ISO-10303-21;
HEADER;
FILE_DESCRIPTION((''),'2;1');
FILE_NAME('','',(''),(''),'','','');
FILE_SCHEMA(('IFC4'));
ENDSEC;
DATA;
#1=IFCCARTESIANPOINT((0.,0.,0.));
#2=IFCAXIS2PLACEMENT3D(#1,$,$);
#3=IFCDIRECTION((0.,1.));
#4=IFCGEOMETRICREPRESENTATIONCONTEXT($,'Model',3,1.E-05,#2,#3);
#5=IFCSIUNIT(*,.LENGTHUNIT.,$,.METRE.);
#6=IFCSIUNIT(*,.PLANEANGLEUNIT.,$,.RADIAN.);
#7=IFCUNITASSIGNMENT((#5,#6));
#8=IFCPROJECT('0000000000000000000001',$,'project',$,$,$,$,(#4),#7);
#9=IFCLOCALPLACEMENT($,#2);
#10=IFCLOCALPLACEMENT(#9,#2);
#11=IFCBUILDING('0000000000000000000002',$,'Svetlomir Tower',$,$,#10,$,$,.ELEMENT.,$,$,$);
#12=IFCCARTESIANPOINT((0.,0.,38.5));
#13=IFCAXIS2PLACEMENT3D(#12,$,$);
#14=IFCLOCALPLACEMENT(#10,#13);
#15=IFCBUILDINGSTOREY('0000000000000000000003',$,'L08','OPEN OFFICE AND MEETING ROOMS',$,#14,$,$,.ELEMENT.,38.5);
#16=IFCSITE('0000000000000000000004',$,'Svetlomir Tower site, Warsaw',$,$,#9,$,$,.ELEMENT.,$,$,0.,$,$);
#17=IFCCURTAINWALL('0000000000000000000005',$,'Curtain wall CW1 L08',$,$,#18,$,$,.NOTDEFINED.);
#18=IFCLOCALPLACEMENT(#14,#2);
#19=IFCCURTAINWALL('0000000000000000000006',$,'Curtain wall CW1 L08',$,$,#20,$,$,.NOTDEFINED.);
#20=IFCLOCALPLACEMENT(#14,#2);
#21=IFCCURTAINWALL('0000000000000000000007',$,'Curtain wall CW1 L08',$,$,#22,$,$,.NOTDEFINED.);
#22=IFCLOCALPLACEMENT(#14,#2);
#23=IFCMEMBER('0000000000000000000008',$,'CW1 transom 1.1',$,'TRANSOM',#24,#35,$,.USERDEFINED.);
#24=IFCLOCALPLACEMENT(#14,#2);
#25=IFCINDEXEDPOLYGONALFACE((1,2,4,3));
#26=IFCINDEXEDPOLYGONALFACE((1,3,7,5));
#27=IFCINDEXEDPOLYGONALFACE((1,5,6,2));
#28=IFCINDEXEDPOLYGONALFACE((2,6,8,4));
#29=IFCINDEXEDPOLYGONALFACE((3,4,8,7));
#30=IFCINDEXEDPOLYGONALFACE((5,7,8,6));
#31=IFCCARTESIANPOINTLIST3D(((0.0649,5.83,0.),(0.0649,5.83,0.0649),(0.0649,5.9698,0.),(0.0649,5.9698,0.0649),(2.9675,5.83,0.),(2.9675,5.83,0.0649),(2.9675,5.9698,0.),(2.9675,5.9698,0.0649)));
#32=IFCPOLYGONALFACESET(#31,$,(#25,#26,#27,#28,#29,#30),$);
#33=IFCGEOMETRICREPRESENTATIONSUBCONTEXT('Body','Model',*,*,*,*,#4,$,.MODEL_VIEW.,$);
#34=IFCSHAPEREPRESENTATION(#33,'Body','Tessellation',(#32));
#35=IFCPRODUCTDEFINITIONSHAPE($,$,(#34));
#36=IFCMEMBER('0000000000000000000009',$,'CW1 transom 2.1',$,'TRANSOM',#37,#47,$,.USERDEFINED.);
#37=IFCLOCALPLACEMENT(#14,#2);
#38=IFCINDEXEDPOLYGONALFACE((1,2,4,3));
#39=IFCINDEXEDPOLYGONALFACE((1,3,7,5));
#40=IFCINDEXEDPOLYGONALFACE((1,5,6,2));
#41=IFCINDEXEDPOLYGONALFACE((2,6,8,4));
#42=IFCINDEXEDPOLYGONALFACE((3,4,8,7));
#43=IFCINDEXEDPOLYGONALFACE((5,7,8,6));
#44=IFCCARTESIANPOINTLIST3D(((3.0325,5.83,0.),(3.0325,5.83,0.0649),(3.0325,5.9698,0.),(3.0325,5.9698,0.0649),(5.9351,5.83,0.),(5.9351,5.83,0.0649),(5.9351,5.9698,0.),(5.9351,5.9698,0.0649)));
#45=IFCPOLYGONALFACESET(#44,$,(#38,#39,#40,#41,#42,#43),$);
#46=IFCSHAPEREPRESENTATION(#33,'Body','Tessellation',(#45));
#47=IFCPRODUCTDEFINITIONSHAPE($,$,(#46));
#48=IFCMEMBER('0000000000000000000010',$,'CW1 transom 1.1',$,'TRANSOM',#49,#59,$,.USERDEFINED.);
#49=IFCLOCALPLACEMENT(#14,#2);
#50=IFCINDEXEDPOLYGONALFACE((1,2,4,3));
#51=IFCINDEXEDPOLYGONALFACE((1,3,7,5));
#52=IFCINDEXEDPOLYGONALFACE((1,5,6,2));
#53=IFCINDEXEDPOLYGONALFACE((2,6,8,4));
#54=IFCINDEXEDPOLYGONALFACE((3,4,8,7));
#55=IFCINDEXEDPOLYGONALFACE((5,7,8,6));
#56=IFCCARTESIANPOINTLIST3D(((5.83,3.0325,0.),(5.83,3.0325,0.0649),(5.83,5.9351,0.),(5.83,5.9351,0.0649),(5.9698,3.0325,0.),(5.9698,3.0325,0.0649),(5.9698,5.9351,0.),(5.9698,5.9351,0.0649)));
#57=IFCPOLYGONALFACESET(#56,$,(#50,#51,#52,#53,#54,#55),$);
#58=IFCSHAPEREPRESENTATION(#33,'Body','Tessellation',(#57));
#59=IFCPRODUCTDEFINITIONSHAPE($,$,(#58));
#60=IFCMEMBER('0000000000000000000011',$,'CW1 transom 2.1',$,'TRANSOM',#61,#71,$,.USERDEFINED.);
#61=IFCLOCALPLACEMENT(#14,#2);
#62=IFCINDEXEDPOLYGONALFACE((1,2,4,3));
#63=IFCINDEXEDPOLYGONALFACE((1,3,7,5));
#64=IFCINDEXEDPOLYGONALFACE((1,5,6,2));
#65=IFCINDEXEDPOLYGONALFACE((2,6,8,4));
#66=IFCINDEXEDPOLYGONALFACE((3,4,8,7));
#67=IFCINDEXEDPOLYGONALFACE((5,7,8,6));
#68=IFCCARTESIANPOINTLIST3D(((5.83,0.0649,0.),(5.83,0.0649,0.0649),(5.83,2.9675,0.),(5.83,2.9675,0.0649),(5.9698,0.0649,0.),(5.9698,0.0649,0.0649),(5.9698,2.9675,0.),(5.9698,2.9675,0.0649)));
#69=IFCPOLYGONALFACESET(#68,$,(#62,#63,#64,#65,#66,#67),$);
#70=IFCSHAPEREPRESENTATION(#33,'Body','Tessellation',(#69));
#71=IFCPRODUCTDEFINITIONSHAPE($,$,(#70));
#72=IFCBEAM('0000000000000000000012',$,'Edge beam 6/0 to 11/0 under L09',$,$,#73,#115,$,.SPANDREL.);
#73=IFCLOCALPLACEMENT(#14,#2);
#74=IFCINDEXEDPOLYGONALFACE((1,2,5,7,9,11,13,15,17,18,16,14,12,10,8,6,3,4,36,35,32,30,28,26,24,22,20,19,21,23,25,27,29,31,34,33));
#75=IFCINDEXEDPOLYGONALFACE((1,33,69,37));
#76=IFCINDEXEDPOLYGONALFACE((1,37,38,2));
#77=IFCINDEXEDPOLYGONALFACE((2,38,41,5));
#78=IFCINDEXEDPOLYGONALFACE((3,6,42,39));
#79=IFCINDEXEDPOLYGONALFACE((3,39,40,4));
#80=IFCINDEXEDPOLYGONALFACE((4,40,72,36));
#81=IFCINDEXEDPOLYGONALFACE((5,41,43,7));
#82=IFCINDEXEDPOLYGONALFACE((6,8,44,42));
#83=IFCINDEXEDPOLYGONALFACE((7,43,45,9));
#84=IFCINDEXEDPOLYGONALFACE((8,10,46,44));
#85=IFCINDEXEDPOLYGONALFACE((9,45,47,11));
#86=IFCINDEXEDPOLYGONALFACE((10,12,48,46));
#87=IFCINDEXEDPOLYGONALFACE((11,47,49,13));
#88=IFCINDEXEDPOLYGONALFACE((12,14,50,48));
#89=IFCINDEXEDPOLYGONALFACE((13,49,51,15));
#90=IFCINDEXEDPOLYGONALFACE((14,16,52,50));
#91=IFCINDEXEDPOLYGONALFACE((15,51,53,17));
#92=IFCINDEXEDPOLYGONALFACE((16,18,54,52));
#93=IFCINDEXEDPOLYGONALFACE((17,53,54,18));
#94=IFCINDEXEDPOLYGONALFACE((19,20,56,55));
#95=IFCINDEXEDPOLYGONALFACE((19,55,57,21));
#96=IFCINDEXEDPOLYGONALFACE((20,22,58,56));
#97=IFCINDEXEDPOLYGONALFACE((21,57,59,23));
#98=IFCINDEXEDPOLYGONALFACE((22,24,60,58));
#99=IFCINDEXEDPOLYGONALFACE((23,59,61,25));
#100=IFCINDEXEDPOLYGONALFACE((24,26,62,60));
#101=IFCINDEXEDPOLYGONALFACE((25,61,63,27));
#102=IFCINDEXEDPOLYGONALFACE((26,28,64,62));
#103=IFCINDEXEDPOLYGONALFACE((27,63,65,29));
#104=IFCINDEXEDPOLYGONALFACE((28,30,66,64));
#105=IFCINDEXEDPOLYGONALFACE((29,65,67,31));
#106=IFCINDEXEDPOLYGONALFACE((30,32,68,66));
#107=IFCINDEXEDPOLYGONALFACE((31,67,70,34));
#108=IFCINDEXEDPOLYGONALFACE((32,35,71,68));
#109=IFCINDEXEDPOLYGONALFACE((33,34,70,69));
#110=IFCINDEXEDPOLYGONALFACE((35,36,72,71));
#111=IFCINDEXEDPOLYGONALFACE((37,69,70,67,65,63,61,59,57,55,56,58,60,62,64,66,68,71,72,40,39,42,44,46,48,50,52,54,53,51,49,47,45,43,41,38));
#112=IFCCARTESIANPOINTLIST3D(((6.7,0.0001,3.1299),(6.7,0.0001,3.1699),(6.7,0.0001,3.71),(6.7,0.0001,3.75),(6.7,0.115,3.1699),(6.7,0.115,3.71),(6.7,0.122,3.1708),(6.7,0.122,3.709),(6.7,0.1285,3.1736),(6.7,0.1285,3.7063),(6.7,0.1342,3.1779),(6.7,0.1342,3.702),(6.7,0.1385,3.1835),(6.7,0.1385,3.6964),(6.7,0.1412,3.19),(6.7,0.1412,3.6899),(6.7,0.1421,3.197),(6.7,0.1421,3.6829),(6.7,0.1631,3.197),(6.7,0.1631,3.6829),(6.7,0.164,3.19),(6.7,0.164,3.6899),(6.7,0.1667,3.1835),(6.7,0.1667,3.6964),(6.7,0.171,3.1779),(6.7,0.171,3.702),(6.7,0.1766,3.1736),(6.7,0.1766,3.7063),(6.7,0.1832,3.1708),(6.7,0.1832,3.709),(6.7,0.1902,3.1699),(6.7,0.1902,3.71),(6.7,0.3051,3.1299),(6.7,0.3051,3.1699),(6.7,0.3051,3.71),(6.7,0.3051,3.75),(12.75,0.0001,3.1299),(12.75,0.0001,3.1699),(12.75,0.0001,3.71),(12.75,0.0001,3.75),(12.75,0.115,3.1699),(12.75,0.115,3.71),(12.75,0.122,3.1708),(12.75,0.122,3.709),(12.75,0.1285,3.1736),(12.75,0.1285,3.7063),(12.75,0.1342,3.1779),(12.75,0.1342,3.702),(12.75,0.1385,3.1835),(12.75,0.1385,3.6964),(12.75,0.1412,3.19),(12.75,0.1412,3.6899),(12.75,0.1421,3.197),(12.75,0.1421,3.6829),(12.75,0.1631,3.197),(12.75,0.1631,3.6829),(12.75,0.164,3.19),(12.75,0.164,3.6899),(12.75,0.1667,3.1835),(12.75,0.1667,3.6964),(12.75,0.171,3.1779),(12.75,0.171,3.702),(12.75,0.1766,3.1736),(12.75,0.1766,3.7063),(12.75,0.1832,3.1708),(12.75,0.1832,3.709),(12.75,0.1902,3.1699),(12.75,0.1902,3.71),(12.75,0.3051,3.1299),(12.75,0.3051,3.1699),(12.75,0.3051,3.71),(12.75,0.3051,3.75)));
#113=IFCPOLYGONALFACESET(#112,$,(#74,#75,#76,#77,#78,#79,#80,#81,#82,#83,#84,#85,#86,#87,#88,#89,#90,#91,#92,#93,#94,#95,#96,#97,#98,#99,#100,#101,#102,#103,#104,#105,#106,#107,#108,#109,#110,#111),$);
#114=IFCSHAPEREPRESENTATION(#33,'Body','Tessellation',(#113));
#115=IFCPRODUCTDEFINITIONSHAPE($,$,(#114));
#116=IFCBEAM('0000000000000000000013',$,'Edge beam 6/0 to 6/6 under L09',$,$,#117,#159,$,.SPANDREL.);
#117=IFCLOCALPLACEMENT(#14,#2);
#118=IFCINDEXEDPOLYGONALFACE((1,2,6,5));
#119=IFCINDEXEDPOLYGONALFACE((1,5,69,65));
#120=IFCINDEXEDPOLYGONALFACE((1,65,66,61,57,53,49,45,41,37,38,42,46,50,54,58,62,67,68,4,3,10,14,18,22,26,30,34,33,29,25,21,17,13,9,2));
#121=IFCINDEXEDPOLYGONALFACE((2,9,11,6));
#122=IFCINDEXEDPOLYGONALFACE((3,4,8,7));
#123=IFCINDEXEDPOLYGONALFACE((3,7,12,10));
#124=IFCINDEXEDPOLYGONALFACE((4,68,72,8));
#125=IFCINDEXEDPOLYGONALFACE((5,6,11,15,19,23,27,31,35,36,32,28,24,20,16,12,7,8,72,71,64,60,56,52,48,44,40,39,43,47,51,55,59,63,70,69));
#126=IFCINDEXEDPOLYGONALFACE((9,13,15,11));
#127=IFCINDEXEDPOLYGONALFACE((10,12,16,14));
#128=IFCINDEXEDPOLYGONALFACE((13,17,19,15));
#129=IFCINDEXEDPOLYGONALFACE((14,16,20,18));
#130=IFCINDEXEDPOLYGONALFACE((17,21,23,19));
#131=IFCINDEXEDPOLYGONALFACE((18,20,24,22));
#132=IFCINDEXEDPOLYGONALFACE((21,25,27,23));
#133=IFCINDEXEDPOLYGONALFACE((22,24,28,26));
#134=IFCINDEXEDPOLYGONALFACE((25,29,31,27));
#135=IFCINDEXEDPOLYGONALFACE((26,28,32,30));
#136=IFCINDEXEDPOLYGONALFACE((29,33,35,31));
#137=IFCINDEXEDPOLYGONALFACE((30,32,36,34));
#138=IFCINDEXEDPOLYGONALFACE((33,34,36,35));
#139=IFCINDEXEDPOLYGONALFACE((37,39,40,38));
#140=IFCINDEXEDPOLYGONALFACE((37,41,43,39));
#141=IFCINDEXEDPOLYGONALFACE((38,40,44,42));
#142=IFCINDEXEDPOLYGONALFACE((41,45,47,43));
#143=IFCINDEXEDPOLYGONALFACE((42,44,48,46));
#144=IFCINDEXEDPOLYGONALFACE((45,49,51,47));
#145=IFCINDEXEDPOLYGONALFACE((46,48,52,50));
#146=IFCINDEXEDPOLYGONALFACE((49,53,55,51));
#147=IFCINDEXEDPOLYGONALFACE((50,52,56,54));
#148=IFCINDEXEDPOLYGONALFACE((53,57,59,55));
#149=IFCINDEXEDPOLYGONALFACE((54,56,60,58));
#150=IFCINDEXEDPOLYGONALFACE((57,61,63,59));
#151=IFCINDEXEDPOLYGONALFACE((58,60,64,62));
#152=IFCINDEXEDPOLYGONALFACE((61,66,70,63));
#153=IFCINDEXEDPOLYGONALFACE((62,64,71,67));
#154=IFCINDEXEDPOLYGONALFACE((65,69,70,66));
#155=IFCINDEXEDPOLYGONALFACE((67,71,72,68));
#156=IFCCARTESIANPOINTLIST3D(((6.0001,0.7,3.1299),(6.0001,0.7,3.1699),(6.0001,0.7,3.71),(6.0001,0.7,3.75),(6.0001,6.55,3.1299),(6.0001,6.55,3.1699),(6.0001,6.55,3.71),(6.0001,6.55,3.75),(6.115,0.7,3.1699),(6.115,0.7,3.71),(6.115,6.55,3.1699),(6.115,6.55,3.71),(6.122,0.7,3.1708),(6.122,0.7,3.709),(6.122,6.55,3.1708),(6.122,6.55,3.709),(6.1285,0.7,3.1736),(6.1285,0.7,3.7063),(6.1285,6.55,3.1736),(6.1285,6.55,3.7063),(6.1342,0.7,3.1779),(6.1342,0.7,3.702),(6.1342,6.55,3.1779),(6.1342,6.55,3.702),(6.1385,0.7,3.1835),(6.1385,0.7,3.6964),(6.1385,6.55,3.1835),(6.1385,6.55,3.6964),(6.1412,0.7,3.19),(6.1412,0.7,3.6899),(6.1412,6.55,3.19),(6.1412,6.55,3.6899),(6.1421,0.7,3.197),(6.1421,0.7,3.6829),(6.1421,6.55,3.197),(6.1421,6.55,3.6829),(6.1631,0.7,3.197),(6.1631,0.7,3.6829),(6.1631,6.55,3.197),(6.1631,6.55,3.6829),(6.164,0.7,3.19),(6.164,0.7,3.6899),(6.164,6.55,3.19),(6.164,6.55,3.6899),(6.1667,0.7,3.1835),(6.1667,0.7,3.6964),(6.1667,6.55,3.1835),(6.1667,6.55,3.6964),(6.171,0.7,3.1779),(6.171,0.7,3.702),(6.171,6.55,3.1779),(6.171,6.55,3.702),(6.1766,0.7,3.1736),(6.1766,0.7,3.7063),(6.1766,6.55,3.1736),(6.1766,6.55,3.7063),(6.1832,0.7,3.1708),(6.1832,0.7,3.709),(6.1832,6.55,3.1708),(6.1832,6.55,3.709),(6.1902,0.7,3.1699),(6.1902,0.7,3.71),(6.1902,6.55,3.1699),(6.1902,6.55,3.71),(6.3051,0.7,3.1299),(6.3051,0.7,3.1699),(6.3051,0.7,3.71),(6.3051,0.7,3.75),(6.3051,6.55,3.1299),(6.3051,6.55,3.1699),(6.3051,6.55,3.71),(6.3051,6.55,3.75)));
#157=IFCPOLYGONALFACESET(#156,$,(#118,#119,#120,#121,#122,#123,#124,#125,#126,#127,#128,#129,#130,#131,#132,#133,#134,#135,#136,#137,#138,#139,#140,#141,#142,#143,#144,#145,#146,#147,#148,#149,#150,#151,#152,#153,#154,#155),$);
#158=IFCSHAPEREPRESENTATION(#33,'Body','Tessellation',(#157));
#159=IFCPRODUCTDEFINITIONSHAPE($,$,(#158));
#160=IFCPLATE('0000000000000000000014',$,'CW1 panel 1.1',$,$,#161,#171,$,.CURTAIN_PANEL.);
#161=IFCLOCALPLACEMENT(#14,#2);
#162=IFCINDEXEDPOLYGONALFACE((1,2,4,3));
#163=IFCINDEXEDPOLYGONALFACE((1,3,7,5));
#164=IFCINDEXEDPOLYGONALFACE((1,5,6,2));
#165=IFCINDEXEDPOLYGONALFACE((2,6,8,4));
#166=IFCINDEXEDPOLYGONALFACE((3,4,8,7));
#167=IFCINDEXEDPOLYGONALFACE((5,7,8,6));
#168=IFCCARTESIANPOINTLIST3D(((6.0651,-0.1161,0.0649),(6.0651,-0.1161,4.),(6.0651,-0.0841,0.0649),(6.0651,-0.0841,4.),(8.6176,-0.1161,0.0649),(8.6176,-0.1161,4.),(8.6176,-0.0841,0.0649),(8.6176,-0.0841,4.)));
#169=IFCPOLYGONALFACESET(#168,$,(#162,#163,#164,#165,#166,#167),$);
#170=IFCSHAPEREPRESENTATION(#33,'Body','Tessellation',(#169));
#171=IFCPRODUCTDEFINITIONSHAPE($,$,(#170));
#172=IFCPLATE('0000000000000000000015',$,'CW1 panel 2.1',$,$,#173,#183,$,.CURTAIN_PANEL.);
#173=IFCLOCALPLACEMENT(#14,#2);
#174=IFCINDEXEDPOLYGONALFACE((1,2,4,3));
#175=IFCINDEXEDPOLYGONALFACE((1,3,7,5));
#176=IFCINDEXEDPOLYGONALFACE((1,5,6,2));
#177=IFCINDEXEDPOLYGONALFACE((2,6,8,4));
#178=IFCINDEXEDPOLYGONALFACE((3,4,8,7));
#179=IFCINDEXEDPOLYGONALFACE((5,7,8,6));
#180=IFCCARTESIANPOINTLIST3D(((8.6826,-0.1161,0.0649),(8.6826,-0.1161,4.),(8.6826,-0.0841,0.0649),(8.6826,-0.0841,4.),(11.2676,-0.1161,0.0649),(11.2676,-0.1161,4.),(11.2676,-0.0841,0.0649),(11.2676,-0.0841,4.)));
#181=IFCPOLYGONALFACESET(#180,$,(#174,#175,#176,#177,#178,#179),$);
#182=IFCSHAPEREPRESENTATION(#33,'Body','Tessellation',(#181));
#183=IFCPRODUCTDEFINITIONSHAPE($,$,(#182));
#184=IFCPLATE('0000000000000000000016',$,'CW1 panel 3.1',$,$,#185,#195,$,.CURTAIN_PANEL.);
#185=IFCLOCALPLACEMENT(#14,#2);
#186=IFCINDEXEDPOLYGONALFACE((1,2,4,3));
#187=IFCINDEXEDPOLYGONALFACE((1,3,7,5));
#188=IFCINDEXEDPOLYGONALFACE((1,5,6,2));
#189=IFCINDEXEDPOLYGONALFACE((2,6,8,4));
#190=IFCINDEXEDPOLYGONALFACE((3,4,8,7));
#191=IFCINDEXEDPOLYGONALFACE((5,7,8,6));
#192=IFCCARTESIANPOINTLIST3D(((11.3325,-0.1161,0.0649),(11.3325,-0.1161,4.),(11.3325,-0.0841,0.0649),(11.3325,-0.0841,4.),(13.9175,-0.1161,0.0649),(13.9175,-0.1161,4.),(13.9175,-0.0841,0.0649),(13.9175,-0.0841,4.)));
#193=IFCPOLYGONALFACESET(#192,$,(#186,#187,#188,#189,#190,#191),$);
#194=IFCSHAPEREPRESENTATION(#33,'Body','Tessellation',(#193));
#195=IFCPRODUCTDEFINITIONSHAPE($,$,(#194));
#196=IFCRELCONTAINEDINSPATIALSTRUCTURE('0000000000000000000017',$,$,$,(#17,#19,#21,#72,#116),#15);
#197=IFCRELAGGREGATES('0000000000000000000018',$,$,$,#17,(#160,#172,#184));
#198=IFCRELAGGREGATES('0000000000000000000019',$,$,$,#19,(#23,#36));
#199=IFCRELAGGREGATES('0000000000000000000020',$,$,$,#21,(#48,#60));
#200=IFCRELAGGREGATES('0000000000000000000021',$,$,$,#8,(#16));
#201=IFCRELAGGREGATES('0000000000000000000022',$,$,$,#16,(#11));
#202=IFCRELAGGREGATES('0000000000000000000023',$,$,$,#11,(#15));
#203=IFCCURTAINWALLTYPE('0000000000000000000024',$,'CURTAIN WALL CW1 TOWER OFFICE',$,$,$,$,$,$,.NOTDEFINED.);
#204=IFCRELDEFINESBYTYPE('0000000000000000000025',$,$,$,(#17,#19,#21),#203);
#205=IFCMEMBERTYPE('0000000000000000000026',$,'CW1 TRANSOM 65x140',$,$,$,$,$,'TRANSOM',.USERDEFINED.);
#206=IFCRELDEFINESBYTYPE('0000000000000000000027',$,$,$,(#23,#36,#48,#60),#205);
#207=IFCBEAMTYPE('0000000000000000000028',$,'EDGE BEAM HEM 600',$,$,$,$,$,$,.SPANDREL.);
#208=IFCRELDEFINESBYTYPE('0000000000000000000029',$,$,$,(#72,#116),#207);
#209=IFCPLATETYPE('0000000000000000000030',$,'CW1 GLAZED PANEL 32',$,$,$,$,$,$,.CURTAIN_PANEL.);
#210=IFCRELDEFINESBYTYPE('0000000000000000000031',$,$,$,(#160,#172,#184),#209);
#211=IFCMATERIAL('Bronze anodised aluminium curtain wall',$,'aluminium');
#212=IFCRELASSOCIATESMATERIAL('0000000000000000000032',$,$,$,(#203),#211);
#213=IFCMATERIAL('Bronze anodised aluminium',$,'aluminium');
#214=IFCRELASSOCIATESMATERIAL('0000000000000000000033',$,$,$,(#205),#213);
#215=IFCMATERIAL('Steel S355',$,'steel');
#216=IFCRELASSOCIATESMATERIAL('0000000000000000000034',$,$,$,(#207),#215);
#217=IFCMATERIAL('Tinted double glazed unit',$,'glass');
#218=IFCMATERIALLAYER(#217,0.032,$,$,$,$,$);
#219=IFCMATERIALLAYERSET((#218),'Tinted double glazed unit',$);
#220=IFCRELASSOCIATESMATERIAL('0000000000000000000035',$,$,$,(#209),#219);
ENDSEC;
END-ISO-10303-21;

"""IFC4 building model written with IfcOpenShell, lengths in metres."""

from ifc_helpers import new_model, si_unit, direction, frame, origin, origin_2d, place, context, subcontext, project, spatial, rectangle, i_section, extrude, material, layer, layer_set, material_profile, profile_set, type_object, element, aggregate, save


model = new_model("IFC4")

# Units and contexts
model_context = context("Model", 3, precision=1e-05, world=origin(), true_north=direction((0.0, 1.0)))
body_context = subcontext(model_context, "Body", "Model", "MODEL_VIEW")
ifc_project = project(units=[si_unit("LENGTHUNIT", "METRE"), si_unit("PLANEANGLEUNIT", "RADIAN")], contexts=[model_context])

# Site, building, storey
site_placement = place(None, origin())
site = spatial("IfcSite", under=ifc_project, at=site_placement, Name="Svetlomir Tower site, Warsaw", CompositionType="ELEMENT", RefElevation=0.0)
building_placement = place(site_placement, origin())
building = spatial("IfcBuilding", under=site, at=building_placement, Name="Svetlomir Tower", CompositionType="ELEMENT")
storey_placement = place(building_placement, frame((0.0, 0.0, 38.5)))
storey = spatial("IfcBuildingStorey", under=building, at=storey_placement, Name="L08", Description="OPEN OFFICE AND MEETING ROOMS", CompositionType="ELEMENT", Elevation=38.5)

# Curtain walls
ifc_material_1 = material(Name="Bronze anodised aluminium curtain wall", Category="aluminium")
curtain_wall_type = type_object("IfcCurtainWallType", Name="CURTAIN WALL CW1 TOWER OFFICE", PredefinedType="NOTDEFINED", material=ifc_material_1)
curtain_wall_1_placement = place(storey_placement, origin())
curtain_wall_1 = element("IfcCurtainWall", 1, at=curtain_wall_1_placement, inside=storey, type_object=curtain_wall_type, Name="Curtain wall CW1 L08", PredefinedType="NOTDEFINED")
curtain_wall_2_placement = place(storey_placement, origin())
curtain_wall_2 = element("IfcCurtainWall", 2, at=curtain_wall_2_placement, inside=storey, type_object=curtain_wall_type, Name="Curtain wall CW1 L08", PredefinedType="NOTDEFINED")
curtain_wall_3_placement = place(storey_placement, origin())
curtain_wall_3 = element("IfcCurtainWall", 3, at=curtain_wall_3_placement, inside=storey, type_object=curtain_wall_type, Name="Curtain wall CW1 L08", PredefinedType="NOTDEFINED")

# Members
ifc_material_2 = material(Name="Bronze anodised aluminium", Category="aluminium")
ifc_material_profile_1 = material_profile(ifc_material_2, rectangle(XDim=0.1399, YDim=0.0649, at=origin_2d()), Name="AL 140x65")
ifc_profile_set_1 = profile_set([ifc_material_profile_1], Name="Bronze anodised aluminium 6063-T6")
member_type_1 = type_object("IfcMemberType", Name="CW1 TRANSOM 65x140", ElementType="TRANSOM", PredefinedType="USERDEFINED", material=ifc_profile_set_1)
member_1_placement = place(storey_placement, frame((0.0649, 5.8999, 0.0325), z_axis=(1.0, 0.0, 0.0), x_axis=(0.0, 1.0, 0.0)))
member_1 = element("IfcMember", 4, at=member_1_placement, type_object=member_type_1, Name="CW1 transom 1.1", ObjectType="TRANSOM", PredefinedType="USERDEFINED", context=body_context, shape_type="SweptSolid", body=[
    extrude(rectangle(XDim=0.1399, YDim=0.0649, at=origin_2d()), origin(), (0.0, 0.0, 1.0), 2.9026),
])
member_2_placement = place(storey_placement, frame((3.0325, 5.8999, 0.0325), z_axis=(1.0, 0.0, 0.0), x_axis=(0.0, 1.0, 0.0)))
member_2 = element("IfcMember", 5, at=member_2_placement, type_object=member_type_1, Name="CW1 transom 2.1", ObjectType="TRANSOM", PredefinedType="USERDEFINED", context=body_context, shape_type="SweptSolid", body=[
    extrude(rectangle(XDim=0.1399, YDim=0.0649, at=origin_2d()), origin(), (0.0, 0.0, 1.0), 2.9026),
])
member_3_placement = place(storey_placement, frame((5.8999, 5.9351, 0.0325), z_axis=(0.0, -1.0, 0.0), x_axis=(1.0, 0.0, 0.0)))
member_3 = element("IfcMember", 6, at=member_3_placement, type_object=member_type_1, Name="CW1 transom 1.1", ObjectType="TRANSOM", PredefinedType="USERDEFINED", context=body_context, shape_type="SweptSolid", body=[
    extrude(rectangle(XDim=0.1399, YDim=0.0649, at=origin_2d()), origin(), (0.0, 0.0, 1.0), 2.9026),
])
member_4_placement = place(storey_placement, frame((5.8999, 2.9675, 0.0325), z_axis=(0.0, -1.0, 0.0), x_axis=(1.0, 0.0, 0.0)))
member_4 = element("IfcMember", 7, at=member_4_placement, type_object=member_type_1, Name="CW1 transom 2.1", ObjectType="TRANSOM", PredefinedType="USERDEFINED", context=body_context, shape_type="SweptSolid", body=[
    extrude(rectangle(XDim=0.1399, YDim=0.0649, at=origin_2d()), origin(), (0.0, 0.0, 1.0), 2.9026),
])

# Beams
ifc_material_3 = material(Name="Steel S355", Category="steel")
ifc_material_profile_2 = material_profile(ifc_material_3, i_section(OverallWidth=0.3049, OverallDepth=0.6201, WebThickness=0.021, FlangeThickness=0.04, FilletRadius=0.0271, at=origin_2d()), Name="HEM 600")
ifc_profile_set_2 = profile_set([ifc_material_profile_2], Name="Steel S355")
beam_type = type_object("IfcBeamType", Name="EDGE BEAM HEM 600", PredefinedType="SPANDREL", material=ifc_profile_set_2)
beam_1_placement = place(storey_placement, frame((6.7, 0.1526, 3.4399), z_axis=(1.0, 0.0, 0.0), x_axis=(0.0, 1.0, 0.0)))
element("IfcBeam", 8, at=beam_1_placement, inside=storey, type_object=beam_type, Name="Edge beam 6/0 to 11/0 under L09", PredefinedType="SPANDREL", context=body_context, shape_type="SweptSolid", body=[
    extrude(i_section(OverallWidth=0.3049, OverallDepth=0.6201, WebThickness=0.021, FlangeThickness=0.04, FilletRadius=0.0271, at=origin_2d()), origin(), (0.0, 0.0, 1.0), 6.05),
])
beam_2_placement = place(storey_placement, frame((6.1526, 0.7, 3.4399), z_axis=(0.0, 1.0, 0.0), x_axis=(-1.0, 0.0, 0.0)))
element("IfcBeam", 9, at=beam_2_placement, inside=storey, type_object=beam_type, Name="Edge beam 6/0 to 6/6 under L09", PredefinedType="SPANDREL", context=body_context, shape_type="SweptSolid", body=[
    extrude(i_section(OverallWidth=0.3049, OverallDepth=0.6201, WebThickness=0.021, FlangeThickness=0.04, FilletRadius=0.0271, at=origin_2d()), origin(), (0.0, 0.0, 1.0), 5.8501),
])

# Plates
ifc_material_4 = material(Name="Tinted double glazed unit", Category="glass")
ifc_layer_1 = layer(ifc_material_4, 0.032)
ifc_layer_set_1 = layer_set([ifc_layer_1], Name="Tinted double glazed unit")
plate_type = type_object("IfcPlateType", Name="CW1 GLAZED PANEL 32", PredefinedType="CURTAIN_PANEL", material=ifc_layer_set_1)
plate_1_placement = place(storey_placement, frame((7.3413, -0.1001, 0.0649), z_axis=(0.0, 0.0, 1.0), x_axis=(1.0, 0.0, 0.0)))
plate_1 = element("IfcPlate", 10, at=plate_1_placement, type_object=plate_type, Name="CW1 panel 1.1", PredefinedType="CURTAIN_PANEL", context=body_context, shape_type="SweptSolid", body=[
    extrude(rectangle(XDim=2.5525, YDim=0.032, at=origin_2d()), origin(), (0.0, 0.0, 1.0), 3.9351),
])
plate_2_placement = place(storey_placement, frame((9.9751, -0.1001, 0.0649), z_axis=(0.0, 0.0, 1.0), x_axis=(1.0, 0.0, 0.0)))
plate_2 = element("IfcPlate", 11, at=plate_2_placement, type_object=plate_type, Name="CW1 panel 2.1", PredefinedType="CURTAIN_PANEL", context=body_context, shape_type="SweptSolid", body=[
    extrude(rectangle(XDim=2.585, YDim=0.032, at=origin_2d()), origin(), (0.0, 0.0, 1.0), 3.9351),
])
plate_3_placement = place(storey_placement, frame((12.625, -0.1001, 0.0649), z_axis=(0.0, 0.0, 1.0), x_axis=(1.0, 0.0, 0.0)))
plate_3 = element("IfcPlate", 12, at=plate_3_placement, type_object=plate_type, Name="CW1 panel 3.1", PredefinedType="CURTAIN_PANEL", context=body_context, shape_type="SweptSolid", body=[
    extrude(rectangle(XDim=2.585, YDim=0.032, at=origin_2d()), origin(), (0.0, 0.0, 1.0), 3.9351),
])
aggregate(curtain_wall_1, [plate_1, plate_2, plate_3])
aggregate(curtain_wall_2, [member_1, member_2])
aggregate(curtain_wall_3, [member_3, member_4])

save(model, "model.ifc")
